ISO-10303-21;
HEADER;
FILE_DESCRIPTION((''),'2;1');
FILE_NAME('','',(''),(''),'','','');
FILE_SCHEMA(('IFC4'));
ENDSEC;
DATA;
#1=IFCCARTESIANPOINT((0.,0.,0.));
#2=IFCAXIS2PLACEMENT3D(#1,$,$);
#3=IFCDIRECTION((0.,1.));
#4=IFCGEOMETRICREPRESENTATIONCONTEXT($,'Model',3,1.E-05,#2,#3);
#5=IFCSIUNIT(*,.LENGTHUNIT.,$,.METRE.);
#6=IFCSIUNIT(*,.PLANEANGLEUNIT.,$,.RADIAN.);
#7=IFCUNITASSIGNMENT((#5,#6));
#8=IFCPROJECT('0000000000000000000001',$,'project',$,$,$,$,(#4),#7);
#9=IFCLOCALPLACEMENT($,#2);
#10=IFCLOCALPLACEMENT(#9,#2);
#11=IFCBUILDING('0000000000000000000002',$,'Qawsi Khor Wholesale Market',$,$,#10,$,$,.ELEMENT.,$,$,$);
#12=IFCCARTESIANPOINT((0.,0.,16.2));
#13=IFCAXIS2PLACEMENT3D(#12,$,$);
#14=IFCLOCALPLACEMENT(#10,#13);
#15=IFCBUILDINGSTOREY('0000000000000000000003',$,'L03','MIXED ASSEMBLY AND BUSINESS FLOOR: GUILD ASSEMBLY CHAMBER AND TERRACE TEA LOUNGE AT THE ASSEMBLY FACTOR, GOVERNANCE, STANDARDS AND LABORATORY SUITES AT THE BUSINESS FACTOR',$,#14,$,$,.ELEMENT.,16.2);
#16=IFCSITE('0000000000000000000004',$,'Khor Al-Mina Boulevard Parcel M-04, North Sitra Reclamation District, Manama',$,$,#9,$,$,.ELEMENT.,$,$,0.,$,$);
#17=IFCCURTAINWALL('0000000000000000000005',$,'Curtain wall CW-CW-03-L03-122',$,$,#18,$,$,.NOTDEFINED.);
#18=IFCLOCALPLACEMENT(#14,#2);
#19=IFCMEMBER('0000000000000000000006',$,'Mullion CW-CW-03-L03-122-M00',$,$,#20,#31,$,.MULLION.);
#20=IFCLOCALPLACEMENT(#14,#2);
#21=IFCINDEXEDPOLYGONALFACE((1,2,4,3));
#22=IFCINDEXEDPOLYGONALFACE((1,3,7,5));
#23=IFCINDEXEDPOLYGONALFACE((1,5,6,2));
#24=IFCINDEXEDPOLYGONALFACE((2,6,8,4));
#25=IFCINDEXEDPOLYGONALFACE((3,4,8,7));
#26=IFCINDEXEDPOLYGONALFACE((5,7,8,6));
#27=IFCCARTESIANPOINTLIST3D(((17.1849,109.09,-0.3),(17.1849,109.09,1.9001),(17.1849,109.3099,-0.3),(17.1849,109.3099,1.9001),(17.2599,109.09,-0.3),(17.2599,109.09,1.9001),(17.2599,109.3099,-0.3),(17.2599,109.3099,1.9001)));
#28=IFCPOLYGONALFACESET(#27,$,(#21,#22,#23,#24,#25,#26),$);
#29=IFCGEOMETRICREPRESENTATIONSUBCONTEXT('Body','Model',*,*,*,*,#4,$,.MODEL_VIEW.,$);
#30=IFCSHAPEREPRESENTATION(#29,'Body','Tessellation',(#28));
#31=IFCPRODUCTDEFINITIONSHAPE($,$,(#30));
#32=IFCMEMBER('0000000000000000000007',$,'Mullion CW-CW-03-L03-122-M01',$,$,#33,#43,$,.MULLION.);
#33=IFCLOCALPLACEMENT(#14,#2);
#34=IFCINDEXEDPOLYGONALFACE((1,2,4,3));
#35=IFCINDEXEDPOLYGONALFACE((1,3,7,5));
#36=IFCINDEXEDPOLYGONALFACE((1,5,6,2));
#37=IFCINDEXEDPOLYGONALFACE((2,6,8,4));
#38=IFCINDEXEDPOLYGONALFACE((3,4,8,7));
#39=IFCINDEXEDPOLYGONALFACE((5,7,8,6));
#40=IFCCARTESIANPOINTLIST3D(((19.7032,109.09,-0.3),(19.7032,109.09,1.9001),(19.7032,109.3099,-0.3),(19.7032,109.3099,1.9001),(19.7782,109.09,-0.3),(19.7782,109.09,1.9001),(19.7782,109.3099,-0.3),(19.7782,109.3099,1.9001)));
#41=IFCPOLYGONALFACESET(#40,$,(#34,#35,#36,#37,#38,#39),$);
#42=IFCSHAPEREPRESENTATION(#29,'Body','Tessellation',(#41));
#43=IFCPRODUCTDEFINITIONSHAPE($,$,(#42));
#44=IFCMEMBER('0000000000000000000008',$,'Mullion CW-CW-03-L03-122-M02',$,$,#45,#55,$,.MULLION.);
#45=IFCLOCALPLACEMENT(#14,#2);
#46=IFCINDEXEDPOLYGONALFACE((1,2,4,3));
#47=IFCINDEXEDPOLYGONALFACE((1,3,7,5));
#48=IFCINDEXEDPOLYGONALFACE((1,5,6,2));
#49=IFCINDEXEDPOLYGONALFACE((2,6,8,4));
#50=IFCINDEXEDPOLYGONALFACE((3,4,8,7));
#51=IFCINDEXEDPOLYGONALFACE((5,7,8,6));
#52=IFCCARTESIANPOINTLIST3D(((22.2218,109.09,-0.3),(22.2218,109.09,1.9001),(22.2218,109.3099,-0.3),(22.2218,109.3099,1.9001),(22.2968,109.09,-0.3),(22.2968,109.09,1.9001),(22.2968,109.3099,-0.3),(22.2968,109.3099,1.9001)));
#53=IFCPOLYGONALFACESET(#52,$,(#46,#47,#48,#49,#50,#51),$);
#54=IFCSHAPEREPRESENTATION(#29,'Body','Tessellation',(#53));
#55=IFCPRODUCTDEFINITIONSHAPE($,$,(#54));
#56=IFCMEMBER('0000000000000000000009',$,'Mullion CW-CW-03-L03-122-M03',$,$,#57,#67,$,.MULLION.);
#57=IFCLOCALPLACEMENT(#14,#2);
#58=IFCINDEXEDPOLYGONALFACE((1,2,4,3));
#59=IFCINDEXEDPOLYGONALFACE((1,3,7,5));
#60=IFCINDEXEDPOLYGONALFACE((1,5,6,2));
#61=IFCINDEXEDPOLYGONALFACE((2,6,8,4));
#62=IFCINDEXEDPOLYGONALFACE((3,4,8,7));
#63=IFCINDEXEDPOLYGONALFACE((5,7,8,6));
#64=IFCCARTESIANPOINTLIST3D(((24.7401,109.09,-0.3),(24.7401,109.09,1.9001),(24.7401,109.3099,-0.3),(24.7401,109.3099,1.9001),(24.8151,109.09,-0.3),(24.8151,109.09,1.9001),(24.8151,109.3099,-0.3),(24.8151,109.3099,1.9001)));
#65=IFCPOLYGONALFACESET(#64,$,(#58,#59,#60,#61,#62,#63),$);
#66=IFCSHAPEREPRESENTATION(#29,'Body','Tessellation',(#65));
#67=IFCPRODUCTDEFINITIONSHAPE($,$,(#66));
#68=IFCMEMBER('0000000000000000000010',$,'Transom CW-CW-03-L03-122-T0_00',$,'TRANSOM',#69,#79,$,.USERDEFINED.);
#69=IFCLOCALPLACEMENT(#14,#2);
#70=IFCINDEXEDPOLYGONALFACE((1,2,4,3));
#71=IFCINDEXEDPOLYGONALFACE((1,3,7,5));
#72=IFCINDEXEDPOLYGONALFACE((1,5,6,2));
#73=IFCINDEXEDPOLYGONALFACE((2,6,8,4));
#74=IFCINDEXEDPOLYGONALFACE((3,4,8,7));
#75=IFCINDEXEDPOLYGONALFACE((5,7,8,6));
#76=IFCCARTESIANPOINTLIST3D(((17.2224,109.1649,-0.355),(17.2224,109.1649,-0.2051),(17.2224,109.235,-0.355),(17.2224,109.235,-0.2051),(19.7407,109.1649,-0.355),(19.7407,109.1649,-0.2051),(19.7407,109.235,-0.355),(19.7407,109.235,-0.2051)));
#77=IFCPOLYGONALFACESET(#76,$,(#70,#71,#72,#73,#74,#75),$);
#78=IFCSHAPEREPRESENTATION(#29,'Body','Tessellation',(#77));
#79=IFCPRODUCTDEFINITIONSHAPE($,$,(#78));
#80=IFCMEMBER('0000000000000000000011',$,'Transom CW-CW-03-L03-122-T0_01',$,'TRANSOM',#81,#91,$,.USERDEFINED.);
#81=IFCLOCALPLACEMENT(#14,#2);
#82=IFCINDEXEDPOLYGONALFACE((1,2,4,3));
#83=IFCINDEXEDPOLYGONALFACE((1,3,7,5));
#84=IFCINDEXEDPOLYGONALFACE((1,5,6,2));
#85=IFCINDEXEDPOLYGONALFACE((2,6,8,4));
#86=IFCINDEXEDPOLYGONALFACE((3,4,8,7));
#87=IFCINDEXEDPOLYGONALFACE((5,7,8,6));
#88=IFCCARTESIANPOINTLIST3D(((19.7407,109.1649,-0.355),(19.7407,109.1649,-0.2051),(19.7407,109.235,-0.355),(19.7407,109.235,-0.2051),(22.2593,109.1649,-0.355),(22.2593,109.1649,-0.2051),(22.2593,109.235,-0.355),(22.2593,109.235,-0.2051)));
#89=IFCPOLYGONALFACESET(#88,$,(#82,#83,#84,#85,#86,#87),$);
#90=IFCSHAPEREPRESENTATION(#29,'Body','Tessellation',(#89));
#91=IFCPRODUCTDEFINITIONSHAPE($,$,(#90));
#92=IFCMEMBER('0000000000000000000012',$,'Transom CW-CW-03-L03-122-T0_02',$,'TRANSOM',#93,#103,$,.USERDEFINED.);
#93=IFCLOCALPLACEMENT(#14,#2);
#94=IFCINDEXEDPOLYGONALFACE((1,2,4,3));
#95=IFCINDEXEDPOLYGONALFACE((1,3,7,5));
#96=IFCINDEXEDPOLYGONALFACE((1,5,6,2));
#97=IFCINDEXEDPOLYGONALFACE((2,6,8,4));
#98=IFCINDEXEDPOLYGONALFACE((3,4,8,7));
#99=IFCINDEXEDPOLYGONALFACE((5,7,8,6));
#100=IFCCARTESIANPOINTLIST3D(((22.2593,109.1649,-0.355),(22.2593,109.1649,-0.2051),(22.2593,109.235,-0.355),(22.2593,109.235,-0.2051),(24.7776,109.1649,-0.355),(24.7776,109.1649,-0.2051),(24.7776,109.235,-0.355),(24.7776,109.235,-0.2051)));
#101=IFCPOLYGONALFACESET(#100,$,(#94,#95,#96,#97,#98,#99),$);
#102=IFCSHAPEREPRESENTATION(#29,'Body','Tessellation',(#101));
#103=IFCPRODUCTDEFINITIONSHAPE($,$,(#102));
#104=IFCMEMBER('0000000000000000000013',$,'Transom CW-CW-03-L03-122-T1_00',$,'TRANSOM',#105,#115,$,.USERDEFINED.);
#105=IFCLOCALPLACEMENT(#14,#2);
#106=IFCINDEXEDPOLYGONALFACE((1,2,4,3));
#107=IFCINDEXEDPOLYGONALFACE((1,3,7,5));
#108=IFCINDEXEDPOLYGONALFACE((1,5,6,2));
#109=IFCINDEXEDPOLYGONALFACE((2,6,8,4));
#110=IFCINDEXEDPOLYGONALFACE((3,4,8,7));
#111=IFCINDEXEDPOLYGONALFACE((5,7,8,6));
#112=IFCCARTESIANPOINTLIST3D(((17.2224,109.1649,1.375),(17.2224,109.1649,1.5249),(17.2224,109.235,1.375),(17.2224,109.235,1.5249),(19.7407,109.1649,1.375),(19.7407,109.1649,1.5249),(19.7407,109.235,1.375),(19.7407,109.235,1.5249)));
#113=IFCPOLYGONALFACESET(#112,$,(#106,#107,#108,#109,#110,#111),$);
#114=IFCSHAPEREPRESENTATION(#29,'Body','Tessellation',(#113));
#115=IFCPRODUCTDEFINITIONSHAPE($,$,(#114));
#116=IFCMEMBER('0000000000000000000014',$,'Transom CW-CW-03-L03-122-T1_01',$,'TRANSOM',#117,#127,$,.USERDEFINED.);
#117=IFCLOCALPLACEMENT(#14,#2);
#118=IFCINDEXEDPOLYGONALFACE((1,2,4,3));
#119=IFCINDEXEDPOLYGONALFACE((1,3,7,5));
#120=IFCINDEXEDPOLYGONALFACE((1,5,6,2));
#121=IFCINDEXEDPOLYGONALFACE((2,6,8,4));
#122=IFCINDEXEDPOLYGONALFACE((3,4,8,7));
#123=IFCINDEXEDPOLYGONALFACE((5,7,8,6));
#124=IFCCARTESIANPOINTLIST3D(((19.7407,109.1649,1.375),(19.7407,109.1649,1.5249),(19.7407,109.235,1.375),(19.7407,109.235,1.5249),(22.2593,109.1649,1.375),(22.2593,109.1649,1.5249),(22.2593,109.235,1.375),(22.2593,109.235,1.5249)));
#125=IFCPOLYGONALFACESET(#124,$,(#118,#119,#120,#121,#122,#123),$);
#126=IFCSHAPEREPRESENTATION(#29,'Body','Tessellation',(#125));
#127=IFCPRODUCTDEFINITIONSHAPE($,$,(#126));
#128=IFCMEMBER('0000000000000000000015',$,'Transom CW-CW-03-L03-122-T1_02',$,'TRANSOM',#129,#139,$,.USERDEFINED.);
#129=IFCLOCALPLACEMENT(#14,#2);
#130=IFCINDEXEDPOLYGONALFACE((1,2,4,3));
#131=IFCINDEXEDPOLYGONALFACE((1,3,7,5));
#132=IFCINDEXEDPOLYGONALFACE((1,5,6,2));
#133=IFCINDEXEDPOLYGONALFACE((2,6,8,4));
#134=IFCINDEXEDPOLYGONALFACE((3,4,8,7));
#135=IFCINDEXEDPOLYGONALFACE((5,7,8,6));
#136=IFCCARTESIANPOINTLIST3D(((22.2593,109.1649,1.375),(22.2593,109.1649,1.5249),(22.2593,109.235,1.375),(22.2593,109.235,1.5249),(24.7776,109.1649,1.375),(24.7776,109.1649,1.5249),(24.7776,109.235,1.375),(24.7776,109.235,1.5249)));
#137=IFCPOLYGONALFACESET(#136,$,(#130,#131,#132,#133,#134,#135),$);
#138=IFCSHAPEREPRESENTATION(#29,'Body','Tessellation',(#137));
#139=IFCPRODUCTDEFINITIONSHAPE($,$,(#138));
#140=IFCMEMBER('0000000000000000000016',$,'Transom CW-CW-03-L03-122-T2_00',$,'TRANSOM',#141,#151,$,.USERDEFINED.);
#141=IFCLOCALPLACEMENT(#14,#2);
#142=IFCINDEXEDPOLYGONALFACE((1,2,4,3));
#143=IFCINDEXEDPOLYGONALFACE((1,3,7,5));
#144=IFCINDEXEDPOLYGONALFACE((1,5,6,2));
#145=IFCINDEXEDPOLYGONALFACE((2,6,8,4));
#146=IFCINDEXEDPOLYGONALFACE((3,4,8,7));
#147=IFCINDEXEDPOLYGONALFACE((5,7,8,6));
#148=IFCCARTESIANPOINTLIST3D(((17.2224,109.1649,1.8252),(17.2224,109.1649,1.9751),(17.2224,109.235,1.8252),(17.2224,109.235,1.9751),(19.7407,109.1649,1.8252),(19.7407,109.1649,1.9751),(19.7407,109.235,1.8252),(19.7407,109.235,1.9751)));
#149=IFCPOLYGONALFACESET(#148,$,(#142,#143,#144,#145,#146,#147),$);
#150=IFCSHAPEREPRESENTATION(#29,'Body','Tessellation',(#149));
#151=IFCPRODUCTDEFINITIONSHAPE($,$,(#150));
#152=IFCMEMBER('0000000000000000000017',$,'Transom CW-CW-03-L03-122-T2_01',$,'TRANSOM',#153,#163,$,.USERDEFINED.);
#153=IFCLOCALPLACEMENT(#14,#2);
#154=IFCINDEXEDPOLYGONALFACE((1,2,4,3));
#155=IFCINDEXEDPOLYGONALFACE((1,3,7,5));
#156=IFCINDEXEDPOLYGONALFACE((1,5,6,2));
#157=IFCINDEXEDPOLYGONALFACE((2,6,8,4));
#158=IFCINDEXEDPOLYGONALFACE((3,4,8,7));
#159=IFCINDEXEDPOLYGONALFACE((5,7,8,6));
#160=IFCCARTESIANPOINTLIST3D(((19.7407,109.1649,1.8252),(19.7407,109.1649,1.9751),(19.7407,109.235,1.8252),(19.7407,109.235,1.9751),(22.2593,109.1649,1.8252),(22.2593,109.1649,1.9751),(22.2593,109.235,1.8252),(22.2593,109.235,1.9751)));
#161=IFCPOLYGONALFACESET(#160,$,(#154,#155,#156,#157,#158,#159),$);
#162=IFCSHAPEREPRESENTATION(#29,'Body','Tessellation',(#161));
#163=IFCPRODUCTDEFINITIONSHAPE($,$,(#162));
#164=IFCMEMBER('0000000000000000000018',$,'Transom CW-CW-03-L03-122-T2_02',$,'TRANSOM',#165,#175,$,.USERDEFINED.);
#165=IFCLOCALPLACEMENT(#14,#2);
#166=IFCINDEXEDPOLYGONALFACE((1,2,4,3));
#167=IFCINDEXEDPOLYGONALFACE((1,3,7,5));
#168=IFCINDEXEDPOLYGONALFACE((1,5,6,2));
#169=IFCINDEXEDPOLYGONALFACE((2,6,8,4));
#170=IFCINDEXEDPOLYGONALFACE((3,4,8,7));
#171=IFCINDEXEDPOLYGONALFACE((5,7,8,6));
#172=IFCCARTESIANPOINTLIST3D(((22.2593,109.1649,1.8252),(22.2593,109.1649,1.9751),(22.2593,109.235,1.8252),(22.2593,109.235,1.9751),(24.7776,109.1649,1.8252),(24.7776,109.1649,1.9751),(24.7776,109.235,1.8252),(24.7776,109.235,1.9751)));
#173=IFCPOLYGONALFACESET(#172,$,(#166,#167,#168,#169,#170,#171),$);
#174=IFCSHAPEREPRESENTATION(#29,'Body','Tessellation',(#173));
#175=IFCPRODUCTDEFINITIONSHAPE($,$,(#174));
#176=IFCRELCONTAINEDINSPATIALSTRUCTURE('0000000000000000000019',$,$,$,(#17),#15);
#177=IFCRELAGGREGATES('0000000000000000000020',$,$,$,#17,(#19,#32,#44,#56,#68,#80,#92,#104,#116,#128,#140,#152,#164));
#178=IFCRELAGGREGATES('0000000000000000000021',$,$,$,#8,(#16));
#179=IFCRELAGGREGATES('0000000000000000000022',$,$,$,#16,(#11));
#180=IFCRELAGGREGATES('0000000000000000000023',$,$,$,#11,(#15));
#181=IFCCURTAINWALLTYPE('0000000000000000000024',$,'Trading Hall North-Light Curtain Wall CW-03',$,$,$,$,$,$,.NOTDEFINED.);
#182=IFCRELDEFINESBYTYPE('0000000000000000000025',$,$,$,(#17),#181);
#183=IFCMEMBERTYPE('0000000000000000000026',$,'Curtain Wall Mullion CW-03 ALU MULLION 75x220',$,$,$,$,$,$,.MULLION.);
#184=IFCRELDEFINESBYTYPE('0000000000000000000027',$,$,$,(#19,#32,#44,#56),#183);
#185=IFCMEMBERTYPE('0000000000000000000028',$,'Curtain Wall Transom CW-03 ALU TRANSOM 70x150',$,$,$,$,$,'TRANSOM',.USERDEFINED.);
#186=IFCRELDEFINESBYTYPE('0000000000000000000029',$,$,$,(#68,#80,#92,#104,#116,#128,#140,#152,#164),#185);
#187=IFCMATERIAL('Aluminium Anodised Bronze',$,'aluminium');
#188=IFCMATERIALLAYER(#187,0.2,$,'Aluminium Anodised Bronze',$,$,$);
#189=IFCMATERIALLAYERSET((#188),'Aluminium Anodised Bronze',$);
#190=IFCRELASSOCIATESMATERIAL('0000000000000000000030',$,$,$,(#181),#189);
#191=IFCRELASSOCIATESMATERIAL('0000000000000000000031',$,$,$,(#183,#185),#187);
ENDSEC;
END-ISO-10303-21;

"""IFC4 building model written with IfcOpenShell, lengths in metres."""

from ifc_helpers import new_model, si_unit, direction, frame, origin, origin_2d, place, context, subcontext, project, spatial, rectangle, extrude, material, layer, layer_set, material_profile, profile_set, type_object, element, aggregate, save


model = new_model("IFC4")

# Units and contexts
model_context = context("Model", 3, precision=1e-05, world=origin(), true_north=direction((0.0, 1.0)))
body_context = subcontext(model_context, "Body", "Model", "MODEL_VIEW")
ifc_project = project(units=[si_unit("LENGTHUNIT", "METRE"), si_unit("PLANEANGLEUNIT", "RADIAN")], contexts=[model_context])

# Site, building, storey
site_placement = place(None, origin())
site = spatial("IfcSite", under=ifc_project, at=site_placement, Name="Khor Al-Mina Boulevard Parcel M-04, North Sitra Reclamation District, Manama", CompositionType="ELEMENT", RefElevation=0.0)
building_placement = place(site_placement, origin())
building = spatial("IfcBuilding", under=site, at=building_placement, Name="Qawsi Khor Wholesale Market", CompositionType="ELEMENT")
storey_placement = place(building_placement, frame((0.0, 0.0, 16.2)))
storey = spatial("IfcBuildingStorey", under=building, at=storey_placement, Name="L03", Description="MIXED ASSEMBLY AND BUSINESS FLOOR: GUILD ASSEMBLY CHAMBER AND TERRACE TEA LOUNGE AT THE ASSEMBLY FACTOR, GOVERNANCE, STANDARDS AND LABORATORY SUITES AT THE BUSINESS FACTOR", CompositionType="ELEMENT", Elevation=16.2)

# Curtain wall, members
ifc_material_1 = material(Name="Aluminium Anodised Bronze", Category="aluminium")
ifc_layer_1 = layer(ifc_material_1, 0.2, Name="Aluminium Anodised Bronze")
ifc_layer_set_1 = layer_set([ifc_layer_1], Name="Aluminium Anodised Bronze")
curtain_wall_type = type_object("IfcCurtainWallType", Name="Trading Hall North-Light Curtain Wall CW-03", PredefinedType="NOTDEFINED", material=ifc_layer_set_1)
curtain_wall_placement = place(storey_placement, origin())
curtain_wall = element("IfcCurtainWall", 1, at=curtain_wall_placement, inside=storey, type_object=curtain_wall_type, Name="Curtain wall CW-CW-03-L03-122", PredefinedType="NOTDEFINED")
ifc_material_profile_1 = material_profile(ifc_material_1, rectangle(XDim=0.075, YDim=0.22, at=origin_2d()), Name="ALU MULLION 75x220")
ifc_profile_set_1 = profile_set([ifc_material_profile_1], Name="Aluminium Anodised Bronze")
member_type_1 = type_object("IfcMemberType", Name="Curtain Wall Mullion CW-03 ALU MULLION 75x220", PredefinedType="MULLION", material=ifc_profile_set_1)
member_1_placement = place(storey_placement, frame((17.2224, 109.2, -0.3), z_axis=(0.0, 0.0, 1.0), x_axis=(1.0, 0.0, 0.0)))
member_1 = element("IfcMember", 2, at=member_1_placement, type_object=member_type_1, Name="Mullion CW-CW-03-L03-122-M00", PredefinedType="MULLION", context=body_context, shape_type="SweptSolid", body=[
    extrude(rectangle(XDim=0.075, YDim=0.22, at=origin_2d()), origin(), (0.0, 0.0, 1.0), 2.2002),
])
member_2_placement = place(storey_placement, frame((19.7407, 109.2, -0.3), z_axis=(0.0, 0.0, 1.0), x_axis=(1.0, 0.0, 0.0)))
member_2 = element("IfcMember", 3, at=member_2_placement, type_object=member_type_1, Name="Mullion CW-CW-03-L03-122-M01", PredefinedType="MULLION", context=body_context, shape_type="SweptSolid", body=[
    extrude(rectangle(XDim=0.075, YDim=0.22, at=origin_2d()), origin(), (0.0, 0.0, 1.0), 2.2002),
])
member_3_placement = place(storey_placement, frame((22.2593, 109.2, -0.3), z_axis=(0.0, 0.0, 1.0), x_axis=(1.0, 0.0, 0.0)))
member_3 = element("IfcMember", 4, at=member_3_placement, type_object=member_type_1, Name="Mullion CW-CW-03-L03-122-M02", PredefinedType="MULLION", context=body_context, shape_type="SweptSolid", body=[
    extrude(rectangle(XDim=0.075, YDim=0.22, at=origin_2d()), origin(), (0.0, 0.0, 1.0), 2.2002),
])
member_4_placement = place(storey_placement, frame((24.7776, 109.2, -0.3), z_axis=(0.0, 0.0, 1.0), x_axis=(1.0, 0.0, 0.0)))
member_4 = element("IfcMember", 5, at=member_4_placement, type_object=member_type_1, Name="Mullion CW-CW-03-L03-122-M03", PredefinedType="MULLION", context=body_context, shape_type="SweptSolid", body=[
    extrude(rectangle(XDim=0.075, YDim=0.22, at=origin_2d()), origin(), (0.0, 0.0, 1.0), 2.2002),
])
ifc_material_profile_2 = material_profile(ifc_material_1, rectangle(XDim=0.0701, YDim=0.1499, at=origin_2d()), Name="ALU TRANSOM 70x150")
ifc_profile_set_2 = profile_set([ifc_material_profile_2], Name="Aluminium Anodised Bronze")
member_type_2 = type_object("IfcMemberType", Name="Curtain Wall Transom CW-03 ALU TRANSOM 70x150", ElementType="TRANSOM", PredefinedType="USERDEFINED", material=ifc_profile_set_2)
member_5_placement = place(storey_placement, frame((17.2224, 109.2, -0.28), z_axis=(1.0, 0.0, 0.0), x_axis=(0.0, 1.0, 0.0)))
member_5 = element("IfcMember", 6, at=member_5_placement, type_object=member_type_2, Name="Transom CW-CW-03-L03-122-T0_00", ObjectType="TRANSOM", PredefinedType="USERDEFINED", context=body_context, shape_type="SweptSolid", body=[
    extrude(rectangle(XDim=0.0701, YDim=0.1499, at=origin_2d()), origin(), (0.0, 0.0, 1.0), 2.5183),
])
member_6_placement = place(storey_placement, frame((19.7407, 109.2, -0.28), z_axis=(1.0, 0.0, 0.0), x_axis=(0.0, 1.0, 0.0)))
member_6 = element("IfcMember", 7, at=member_6_placement, type_object=member_type_2, Name="Transom CW-CW-03-L03-122-T0_01", ObjectType="TRANSOM", PredefinedType="USERDEFINED", context=body_context, shape_type="SweptSolid", body=[
    extrude(rectangle(XDim=0.0701, YDim=0.1499, at=origin_2d()), origin(), (0.0, 0.0, 1.0), 2.5186),
])
member_7_placement = place(storey_placement, frame((22.2593, 109.2, -0.28), z_axis=(1.0, 0.0, 0.0), x_axis=(0.0, 1.0, 0.0)))
member_7 = element("IfcMember", 8, at=member_7_placement, type_object=member_type_2, Name="Transom CW-CW-03-L03-122-T0_02", ObjectType="TRANSOM", PredefinedType="USERDEFINED", context=body_context, shape_type="SweptSolid", body=[
    extrude(rectangle(XDim=0.0701, YDim=0.1499, at=origin_2d()), origin(), (0.0, 0.0, 1.0), 2.5183),
])
member_8_placement = place(storey_placement, frame((17.2224, 109.2, 1.45), z_axis=(1.0, 0.0, 0.0), x_axis=(0.0, 1.0, 0.0)))
member_8 = element("IfcMember", 9, at=member_8_placement, type_object=member_type_2, Name="Transom CW-CW-03-L03-122-T1_00", ObjectType="TRANSOM", PredefinedType="USERDEFINED", context=body_context, shape_type="SweptSolid", body=[
    extrude(rectangle(XDim=0.0701, YDim=0.1499, at=origin_2d()), origin(), (0.0, 0.0, 1.0), 2.5183),
])
member_9_placement = place(storey_placement, frame((19.7407, 109.2, 1.45), z_axis=(1.0, 0.0, 0.0), x_axis=(0.0, 1.0, 0.0)))
member_9 = element("IfcMember", 10, at=member_9_placement, type_object=member_type_2, Name="Transom CW-CW-03-L03-122-T1_01", ObjectType="TRANSOM", PredefinedType="USERDEFINED", context=body_context, shape_type="SweptSolid", body=[
    extrude(rectangle(XDim=0.0701, YDim=0.1499, at=origin_2d()), origin(), (0.0, 0.0, 1.0), 2.5186),
])
member_10_placement = place(storey_placement, frame((22.2593, 109.2, 1.45), z_axis=(1.0, 0.0, 0.0), x_axis=(0.0, 1.0, 0.0)))
member_10 = element("IfcMember", 11, at=member_10_placement, type_object=member_type_2, Name="Transom CW-CW-03-L03-122-T1_02", ObjectType="TRANSOM", PredefinedType="USERDEFINED", context=body_context, shape_type="SweptSolid", body=[
    extrude(rectangle(XDim=0.0701, YDim=0.1499, at=origin_2d()), origin(), (0.0, 0.0, 1.0), 2.5183),
])
member_11_placement = place(storey_placement, frame((17.2224, 109.2, 1.9001), z_axis=(1.0, 0.0, 0.0), x_axis=(0.0, 1.0, 0.0)))
member_11 = element("IfcMember", 12, at=member_11_placement, type_object=member_type_2, Name="Transom CW-CW-03-L03-122-T2_00", ObjectType="TRANSOM", PredefinedType="USERDEFINED", context=body_context, shape_type="SweptSolid", body=[
    extrude(rectangle(XDim=0.0701, YDim=0.1499, at=origin_2d()), origin(), (0.0, 0.0, 1.0), 2.5183),
])
member_12_placement = place(storey_placement, frame((19.7407, 109.2, 1.9001), z_axis=(1.0, 0.0, 0.0), x_axis=(0.0, 1.0, 0.0)))
member_12 = element("IfcMember", 13, at=member_12_placement, type_object=member_type_2, Name="Transom CW-CW-03-L03-122-T2_01", ObjectType="TRANSOM", PredefinedType="USERDEFINED", context=body_context, shape_type="SweptSolid", body=[
    extrude(rectangle(XDim=0.0701, YDim=0.1499, at=origin_2d()), origin(), (0.0, 0.0, 1.0), 2.5186),
])
member_13_placement = place(storey_placement, frame((22.2593, 109.2, 1.9001), z_axis=(1.0, 0.0, 0.0), x_axis=(0.0, 1.0, 0.0)))
member_13 = element("IfcMember", 14, at=member_13_placement, type_object=member_type_2, Name="Transom CW-CW-03-L03-122-T2_02", ObjectType="TRANSOM", PredefinedType="USERDEFINED", context=body_context, shape_type="SweptSolid", body=[
    extrude(rectangle(XDim=0.0701, YDim=0.1499, at=origin_2d()), origin(), (0.0, 0.0, 1.0), 2.5183),
])

aggregate(curtain_wall, [member_1, member_2, member_3, member_4, member_5, member_6, member_7, member_8, member_9, member_10, member_11, member_12, member_13])

save(model, "model.ifc")
